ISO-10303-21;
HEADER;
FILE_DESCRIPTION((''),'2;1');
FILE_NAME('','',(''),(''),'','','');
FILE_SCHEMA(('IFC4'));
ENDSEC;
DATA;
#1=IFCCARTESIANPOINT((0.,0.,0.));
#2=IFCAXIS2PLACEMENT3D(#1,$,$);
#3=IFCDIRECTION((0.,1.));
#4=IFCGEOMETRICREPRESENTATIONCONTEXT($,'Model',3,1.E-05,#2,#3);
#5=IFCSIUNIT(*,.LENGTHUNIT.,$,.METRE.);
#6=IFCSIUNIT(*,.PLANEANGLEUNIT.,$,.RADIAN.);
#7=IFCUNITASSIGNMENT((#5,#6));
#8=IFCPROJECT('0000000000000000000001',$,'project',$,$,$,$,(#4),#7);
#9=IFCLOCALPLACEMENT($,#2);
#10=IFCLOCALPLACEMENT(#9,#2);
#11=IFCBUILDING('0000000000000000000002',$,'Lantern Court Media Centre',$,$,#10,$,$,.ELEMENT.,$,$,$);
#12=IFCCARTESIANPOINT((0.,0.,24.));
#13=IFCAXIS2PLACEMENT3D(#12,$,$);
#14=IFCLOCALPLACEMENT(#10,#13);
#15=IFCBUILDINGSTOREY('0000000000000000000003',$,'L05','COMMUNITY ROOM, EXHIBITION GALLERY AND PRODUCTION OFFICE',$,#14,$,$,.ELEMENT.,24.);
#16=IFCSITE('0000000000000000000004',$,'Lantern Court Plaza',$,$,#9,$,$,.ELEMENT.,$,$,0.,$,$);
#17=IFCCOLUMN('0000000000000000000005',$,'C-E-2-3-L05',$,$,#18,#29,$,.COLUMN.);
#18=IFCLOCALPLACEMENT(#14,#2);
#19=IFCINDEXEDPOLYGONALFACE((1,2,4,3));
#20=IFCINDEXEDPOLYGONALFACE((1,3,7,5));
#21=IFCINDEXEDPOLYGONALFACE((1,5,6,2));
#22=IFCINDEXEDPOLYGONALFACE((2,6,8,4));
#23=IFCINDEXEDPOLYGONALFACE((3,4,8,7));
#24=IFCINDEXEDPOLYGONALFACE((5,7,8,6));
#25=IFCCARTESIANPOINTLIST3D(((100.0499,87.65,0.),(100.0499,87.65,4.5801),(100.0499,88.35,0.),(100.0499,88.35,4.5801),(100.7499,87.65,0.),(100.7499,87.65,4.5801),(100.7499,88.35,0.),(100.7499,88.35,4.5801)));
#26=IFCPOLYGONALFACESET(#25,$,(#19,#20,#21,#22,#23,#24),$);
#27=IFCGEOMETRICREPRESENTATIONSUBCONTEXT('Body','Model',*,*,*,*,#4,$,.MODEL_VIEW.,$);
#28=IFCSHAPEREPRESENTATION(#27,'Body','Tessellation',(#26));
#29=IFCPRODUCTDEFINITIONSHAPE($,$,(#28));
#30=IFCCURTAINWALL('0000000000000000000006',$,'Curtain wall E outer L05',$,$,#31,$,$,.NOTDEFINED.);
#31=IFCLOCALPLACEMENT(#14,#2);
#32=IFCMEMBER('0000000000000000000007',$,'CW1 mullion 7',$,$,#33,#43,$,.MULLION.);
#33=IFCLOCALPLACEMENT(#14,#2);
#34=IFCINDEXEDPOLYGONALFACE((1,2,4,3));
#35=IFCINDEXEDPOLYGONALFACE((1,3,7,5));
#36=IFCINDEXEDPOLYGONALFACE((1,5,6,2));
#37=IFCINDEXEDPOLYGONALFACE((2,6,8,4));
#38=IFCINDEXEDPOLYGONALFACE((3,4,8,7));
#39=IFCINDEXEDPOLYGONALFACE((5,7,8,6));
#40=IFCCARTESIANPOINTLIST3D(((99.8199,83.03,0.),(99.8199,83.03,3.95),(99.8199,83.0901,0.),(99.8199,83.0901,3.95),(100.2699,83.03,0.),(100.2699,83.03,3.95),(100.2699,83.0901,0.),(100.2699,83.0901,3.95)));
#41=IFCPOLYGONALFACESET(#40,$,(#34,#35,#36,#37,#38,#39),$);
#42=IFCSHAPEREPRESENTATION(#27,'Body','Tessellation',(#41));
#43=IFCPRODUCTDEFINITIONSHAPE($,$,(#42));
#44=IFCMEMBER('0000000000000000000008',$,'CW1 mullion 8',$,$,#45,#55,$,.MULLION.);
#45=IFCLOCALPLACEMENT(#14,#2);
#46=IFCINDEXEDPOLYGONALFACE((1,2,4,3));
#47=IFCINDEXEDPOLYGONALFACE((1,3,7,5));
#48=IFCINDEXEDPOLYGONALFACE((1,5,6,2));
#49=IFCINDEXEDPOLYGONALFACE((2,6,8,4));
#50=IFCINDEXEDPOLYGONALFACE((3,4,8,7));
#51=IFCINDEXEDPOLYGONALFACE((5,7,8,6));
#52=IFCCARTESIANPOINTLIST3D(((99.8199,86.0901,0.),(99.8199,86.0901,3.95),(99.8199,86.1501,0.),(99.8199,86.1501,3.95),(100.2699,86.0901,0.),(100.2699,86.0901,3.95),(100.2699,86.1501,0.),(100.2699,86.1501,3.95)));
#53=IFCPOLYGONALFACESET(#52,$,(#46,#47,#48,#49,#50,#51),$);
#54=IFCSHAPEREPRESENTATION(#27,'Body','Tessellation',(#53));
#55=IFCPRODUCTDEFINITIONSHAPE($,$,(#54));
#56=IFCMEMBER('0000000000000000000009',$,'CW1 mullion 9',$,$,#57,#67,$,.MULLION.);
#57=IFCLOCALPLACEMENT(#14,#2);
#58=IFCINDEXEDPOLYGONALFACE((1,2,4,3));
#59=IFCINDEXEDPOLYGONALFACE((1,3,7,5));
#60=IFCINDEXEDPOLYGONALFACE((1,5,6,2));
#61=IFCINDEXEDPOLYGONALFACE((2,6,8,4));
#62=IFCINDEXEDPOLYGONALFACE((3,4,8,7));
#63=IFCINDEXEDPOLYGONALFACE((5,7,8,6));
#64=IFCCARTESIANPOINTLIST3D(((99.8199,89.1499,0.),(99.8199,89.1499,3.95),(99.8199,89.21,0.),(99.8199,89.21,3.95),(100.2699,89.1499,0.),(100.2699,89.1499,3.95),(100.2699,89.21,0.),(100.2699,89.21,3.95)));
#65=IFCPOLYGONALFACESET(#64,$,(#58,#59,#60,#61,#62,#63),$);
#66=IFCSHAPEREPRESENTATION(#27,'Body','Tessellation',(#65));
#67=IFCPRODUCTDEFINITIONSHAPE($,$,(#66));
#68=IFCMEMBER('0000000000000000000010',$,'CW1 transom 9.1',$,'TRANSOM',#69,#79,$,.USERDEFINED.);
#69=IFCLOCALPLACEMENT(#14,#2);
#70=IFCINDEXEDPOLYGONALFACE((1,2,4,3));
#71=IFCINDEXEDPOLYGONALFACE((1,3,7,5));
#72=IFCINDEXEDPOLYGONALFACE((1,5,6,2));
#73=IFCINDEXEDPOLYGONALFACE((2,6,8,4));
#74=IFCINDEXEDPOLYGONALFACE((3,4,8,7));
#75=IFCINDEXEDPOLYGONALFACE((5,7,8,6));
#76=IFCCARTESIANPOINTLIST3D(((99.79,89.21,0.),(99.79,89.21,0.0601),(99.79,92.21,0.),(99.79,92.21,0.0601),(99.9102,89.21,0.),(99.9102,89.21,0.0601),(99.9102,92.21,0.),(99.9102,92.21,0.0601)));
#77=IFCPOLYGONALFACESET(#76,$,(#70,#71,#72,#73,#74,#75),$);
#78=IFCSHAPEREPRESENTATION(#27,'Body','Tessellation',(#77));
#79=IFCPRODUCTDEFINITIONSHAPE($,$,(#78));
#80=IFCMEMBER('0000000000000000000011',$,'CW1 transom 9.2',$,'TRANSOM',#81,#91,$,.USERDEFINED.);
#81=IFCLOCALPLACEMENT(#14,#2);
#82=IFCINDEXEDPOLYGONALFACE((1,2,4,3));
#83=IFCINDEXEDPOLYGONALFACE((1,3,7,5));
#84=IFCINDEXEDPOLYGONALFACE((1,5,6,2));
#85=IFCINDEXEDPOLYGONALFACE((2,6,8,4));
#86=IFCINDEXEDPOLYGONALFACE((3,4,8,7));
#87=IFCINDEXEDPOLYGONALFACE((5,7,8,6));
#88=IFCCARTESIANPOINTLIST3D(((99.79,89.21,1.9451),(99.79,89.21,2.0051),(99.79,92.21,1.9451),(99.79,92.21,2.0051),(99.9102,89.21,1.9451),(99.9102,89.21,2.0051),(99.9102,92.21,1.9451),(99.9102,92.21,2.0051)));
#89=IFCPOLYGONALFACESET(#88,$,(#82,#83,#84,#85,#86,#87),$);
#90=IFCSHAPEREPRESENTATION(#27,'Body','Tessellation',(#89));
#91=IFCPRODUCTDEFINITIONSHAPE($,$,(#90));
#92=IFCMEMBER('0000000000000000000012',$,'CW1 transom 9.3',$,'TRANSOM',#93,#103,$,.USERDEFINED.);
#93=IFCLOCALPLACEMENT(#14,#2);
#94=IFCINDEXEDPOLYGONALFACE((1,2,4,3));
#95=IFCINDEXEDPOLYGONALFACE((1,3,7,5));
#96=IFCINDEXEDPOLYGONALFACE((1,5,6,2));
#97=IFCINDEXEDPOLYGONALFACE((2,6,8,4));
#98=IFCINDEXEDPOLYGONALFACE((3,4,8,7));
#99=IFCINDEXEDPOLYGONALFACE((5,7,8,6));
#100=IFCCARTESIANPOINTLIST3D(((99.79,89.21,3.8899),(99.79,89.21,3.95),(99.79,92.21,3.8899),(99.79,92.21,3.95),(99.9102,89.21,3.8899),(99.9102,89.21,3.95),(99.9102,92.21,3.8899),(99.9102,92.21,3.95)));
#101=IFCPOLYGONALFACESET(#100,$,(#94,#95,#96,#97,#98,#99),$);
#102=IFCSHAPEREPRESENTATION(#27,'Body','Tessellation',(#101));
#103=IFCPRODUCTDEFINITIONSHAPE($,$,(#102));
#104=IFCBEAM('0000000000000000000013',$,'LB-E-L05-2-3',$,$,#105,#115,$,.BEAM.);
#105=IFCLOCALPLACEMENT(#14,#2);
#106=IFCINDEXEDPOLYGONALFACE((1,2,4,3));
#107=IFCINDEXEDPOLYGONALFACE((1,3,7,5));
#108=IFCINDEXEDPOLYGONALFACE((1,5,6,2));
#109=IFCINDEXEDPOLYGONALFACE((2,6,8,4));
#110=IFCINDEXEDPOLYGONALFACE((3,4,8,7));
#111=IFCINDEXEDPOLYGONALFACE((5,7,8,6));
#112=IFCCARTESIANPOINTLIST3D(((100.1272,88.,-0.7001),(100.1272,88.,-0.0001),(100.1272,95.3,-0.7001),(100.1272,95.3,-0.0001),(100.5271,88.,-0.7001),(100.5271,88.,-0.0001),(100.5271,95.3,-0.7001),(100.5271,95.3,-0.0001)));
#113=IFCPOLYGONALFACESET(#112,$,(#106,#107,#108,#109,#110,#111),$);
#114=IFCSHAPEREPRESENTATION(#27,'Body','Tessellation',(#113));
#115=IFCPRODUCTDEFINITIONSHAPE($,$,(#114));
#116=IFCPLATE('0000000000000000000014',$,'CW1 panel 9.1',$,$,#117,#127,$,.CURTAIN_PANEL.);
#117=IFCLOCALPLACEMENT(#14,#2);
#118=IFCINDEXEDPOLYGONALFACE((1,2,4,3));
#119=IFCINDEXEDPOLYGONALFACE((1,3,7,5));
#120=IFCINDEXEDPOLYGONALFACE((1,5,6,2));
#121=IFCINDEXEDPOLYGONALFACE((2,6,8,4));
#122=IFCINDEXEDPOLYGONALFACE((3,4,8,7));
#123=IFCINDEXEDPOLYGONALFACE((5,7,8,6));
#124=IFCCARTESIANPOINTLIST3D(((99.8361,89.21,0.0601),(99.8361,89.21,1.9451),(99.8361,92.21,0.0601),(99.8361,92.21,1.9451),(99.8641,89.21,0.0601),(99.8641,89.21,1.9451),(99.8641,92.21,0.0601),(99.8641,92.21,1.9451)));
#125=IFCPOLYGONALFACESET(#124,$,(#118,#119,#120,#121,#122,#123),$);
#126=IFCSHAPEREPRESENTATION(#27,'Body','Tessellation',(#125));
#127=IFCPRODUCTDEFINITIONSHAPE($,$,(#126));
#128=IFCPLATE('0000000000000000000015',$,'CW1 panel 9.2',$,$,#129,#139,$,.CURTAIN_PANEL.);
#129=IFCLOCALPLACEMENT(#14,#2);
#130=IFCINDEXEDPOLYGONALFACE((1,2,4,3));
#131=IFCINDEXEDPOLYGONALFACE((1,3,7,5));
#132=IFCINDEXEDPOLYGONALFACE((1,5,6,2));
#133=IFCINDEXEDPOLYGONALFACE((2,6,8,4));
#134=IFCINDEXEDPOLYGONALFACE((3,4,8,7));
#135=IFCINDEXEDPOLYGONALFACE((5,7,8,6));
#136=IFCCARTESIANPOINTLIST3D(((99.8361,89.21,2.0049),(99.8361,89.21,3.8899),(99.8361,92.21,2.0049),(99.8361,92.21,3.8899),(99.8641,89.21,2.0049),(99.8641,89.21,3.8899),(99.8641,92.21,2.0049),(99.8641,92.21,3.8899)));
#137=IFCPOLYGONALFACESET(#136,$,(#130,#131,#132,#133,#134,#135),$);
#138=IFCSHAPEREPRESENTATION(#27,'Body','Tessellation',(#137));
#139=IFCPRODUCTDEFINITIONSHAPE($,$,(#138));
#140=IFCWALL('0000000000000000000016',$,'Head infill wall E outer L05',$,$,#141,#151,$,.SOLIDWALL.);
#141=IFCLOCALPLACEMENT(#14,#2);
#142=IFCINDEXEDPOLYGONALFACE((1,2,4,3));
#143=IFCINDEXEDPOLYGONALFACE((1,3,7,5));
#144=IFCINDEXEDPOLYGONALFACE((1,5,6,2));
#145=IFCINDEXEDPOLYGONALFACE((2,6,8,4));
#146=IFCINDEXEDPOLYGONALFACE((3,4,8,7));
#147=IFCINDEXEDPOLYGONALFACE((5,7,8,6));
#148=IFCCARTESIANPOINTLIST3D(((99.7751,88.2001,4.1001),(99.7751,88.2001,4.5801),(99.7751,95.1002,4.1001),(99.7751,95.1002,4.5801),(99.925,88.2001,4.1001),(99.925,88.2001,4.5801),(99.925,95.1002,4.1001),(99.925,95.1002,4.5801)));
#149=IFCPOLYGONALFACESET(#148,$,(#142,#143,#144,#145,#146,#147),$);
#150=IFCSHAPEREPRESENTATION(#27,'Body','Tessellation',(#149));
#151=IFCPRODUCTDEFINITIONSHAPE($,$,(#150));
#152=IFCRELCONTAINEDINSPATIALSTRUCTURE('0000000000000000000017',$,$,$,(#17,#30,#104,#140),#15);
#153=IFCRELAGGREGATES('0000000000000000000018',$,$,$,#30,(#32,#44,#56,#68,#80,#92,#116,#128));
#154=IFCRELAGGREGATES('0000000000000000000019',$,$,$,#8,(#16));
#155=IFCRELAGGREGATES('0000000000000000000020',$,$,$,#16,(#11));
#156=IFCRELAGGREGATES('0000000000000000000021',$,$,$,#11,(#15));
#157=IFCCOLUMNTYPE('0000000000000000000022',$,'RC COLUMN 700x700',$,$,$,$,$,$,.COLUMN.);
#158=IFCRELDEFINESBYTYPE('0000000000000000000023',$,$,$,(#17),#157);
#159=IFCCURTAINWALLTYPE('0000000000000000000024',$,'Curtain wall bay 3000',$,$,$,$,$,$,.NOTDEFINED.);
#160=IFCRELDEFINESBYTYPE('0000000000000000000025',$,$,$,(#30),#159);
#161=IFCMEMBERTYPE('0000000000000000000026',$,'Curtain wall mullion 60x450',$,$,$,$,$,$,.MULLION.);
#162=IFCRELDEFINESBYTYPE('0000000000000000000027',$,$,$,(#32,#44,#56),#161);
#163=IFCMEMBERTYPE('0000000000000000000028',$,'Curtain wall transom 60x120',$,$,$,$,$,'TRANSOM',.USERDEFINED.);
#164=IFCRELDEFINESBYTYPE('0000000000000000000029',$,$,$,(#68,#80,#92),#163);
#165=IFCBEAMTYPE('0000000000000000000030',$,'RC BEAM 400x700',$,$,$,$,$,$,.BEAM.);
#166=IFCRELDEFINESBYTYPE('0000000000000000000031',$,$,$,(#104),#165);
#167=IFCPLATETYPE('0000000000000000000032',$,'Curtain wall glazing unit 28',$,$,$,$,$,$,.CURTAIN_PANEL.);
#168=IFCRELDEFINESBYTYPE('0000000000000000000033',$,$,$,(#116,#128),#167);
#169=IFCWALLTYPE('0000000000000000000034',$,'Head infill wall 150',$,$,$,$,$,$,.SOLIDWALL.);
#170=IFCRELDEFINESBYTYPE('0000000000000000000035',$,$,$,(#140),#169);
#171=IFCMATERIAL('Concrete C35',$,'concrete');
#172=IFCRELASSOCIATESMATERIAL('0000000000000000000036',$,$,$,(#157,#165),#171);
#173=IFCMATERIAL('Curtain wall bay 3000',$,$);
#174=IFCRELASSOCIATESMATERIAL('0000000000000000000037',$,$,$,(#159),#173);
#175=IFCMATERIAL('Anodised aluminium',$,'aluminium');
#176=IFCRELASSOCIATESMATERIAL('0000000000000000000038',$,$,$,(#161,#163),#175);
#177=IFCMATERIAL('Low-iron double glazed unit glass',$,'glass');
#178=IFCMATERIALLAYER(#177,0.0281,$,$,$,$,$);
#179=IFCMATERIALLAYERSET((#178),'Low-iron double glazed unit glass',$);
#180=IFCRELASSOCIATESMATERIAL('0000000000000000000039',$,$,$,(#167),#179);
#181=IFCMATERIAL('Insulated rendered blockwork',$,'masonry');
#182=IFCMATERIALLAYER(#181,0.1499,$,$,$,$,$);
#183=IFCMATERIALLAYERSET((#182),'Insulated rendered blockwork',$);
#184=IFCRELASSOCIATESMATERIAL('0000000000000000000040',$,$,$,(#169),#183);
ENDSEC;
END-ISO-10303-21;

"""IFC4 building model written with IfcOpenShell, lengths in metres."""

from ifc_helpers import new_model, si_unit, direction, frame, frame_2d, origin, origin_2d, place, context, subcontext, project, spatial, rectangle, extrude, material, layer, layer_set, material_profile, profile_set, type_object, element, aggregate, save


model = new_model("IFC4")

# Units and contexts
model_context = context("Model", 3, precision=1e-05, world=origin(), true_north=direction((0.0, 1.0)))
body_context = subcontext(model_context, "Body", "Model", "MODEL_VIEW")
ifc_project = project(units=[si_unit("LENGTHUNIT", "METRE"), si_unit("PLANEANGLEUNIT", "RADIAN")], contexts=[model_context])

# Site, building, storey
site_placement = place(None, origin())
site = spatial("IfcSite", under=ifc_project, at=site_placement, Name="Lantern Court Plaza", CompositionType="ELEMENT", RefElevation=0.0)
building_placement = place(site_placement, origin())
building = spatial("IfcBuilding", under=site, at=building_placement, Name="Lantern Court Media Centre", CompositionType="ELEMENT")
storey_placement = place(building_placement, frame((0.0, 0.0, 24.0)))
storey = spatial("IfcBuildingStorey", under=building, at=storey_placement, Name="L05", Description="COMMUNITY ROOM, EXHIBITION GALLERY AND PRODUCTION OFFICE", CompositionType="ELEMENT", Elevation=24.0)

# Column
ifc_material_1 = material(Name="Concrete C35", Category="concrete")
ifc_material_profile_1 = material_profile(ifc_material_1, rectangle(XDim=0.7, YDim=0.7, at=origin_2d()), Name="RC 700x700")
ifc_profile_set_1 = profile_set([ifc_material_profile_1], Name="Concrete C35")
column_type = type_object("IfcColumnType", Name="RC COLUMN 700x700", PredefinedType="COLUMN", material=ifc_profile_set_1)
column_placement = place(storey_placement, frame((100.3999, 88.0, 0.0), z_axis=(0.0, 0.0, 1.0), x_axis=(1.0, 0.0, 0.0)))
element("IfcColumn", 1, at=column_placement, inside=storey, type_object=column_type, Name="C-E-2-3-L05", PredefinedType="COLUMN", context=body_context, shape_type="SweptSolid", body=[
    extrude(rectangle(XDim=0.7, YDim=0.7, at=origin_2d()), origin(), (0.0, 0.0, 1.0), 4.5801),
])

# Curtain wall, members
ifc_material_2 = material(Name="Curtain wall bay 3000")
curtain_wall_type = type_object("IfcCurtainWallType", Name="Curtain wall bay 3000", PredefinedType="NOTDEFINED", material=ifc_material_2)
curtain_wall_placement = place(storey_placement, origin())
curtain_wall = element("IfcCurtainWall", 2, at=curtain_wall_placement, inside=storey, type_object=curtain_wall_type, Name="Curtain wall E outer L05", PredefinedType="NOTDEFINED")
ifc_material_3 = material(Name="Anodised aluminium", Category="aluminium")
ifc_material_profile_2 = material_profile(ifc_material_3, rectangle(XDim=0.45, YDim=0.0601, at=origin_2d()), Name="AL 60x450")
ifc_profile_set_2 = profile_set([ifc_material_profile_2], Name="Anodised aluminium")
member_type_1 = type_object("IfcMemberType", Name="Curtain wall mullion 60x450", PredefinedType="MULLION", material=ifc_profile_set_2)
member_1_placement = place(storey_placement, frame((100.0449, 83.0601, 0.0), z_axis=(0.0, 0.0, 1.0), x_axis=(-1.0, 0.0, 0.0)))
member_1 = element("IfcMember", 3, at=member_1_placement, type_object=member_type_1, Name="CW1 mullion 7", PredefinedType="MULLION", context=body_context, shape_type="SweptSolid", body=[
    extrude(rectangle(XDim=0.45, YDim=0.0601, at=origin_2d()), origin(), (0.0, 0.0, 1.0), 3.95),
])
member_2_placement = place(storey_placement, frame((100.0449, 86.1201, 0.0), z_axis=(0.0, 0.0, 1.0), x_axis=(-1.0, 0.0, 0.0)))
member_2 = element("IfcMember", 4, at=member_2_placement, type_object=member_type_1, Name="CW1 mullion 8", PredefinedType="MULLION", context=body_context, shape_type="SweptSolid", body=[
    extrude(rectangle(XDim=0.45, YDim=0.0601, at=origin_2d()), origin(), (0.0, 0.0, 1.0), 3.95),
])
member_3_placement = place(storey_placement, frame((100.0449, 89.1799, 0.0), z_axis=(0.0, 0.0, 1.0), x_axis=(-1.0, 0.0, 0.0)))
member_3 = element("IfcMember", 5, at=member_3_placement, type_object=member_type_1, Name="CW1 mullion 9", PredefinedType="MULLION", context=body_context, shape_type="SweptSolid", body=[
    extrude(rectangle(XDim=0.45, YDim=0.0601, at=origin_2d()), origin(), (0.0, 0.0, 1.0), 3.95),
])
ifc_material_profile_3 = material_profile(ifc_material_3, rectangle(XDim=0.1201, YDim=0.0601, at=origin_2d()), Name="AL 60x120")
ifc_profile_set_3 = profile_set([ifc_material_profile_3], Name="Anodised aluminium")
member_type_2 = type_object("IfcMemberType", Name="Curtain wall transom 60x120", ElementType="TRANSOM", PredefinedType="USERDEFINED", material=ifc_profile_set_3)
member_4_placement = place(storey_placement, frame((99.8501, 89.21, 0.03), z_axis=(0.0, 1.0, 0.0), x_axis=(-1.0, 0.0, 0.0)))
member_4 = element("IfcMember", 6, at=member_4_placement, type_object=member_type_2, Name="CW1 transom 9.1", ObjectType="TRANSOM", PredefinedType="USERDEFINED", context=body_context, shape_type="SweptSolid", body=[
    extrude(rectangle(XDim=0.1201, YDim=0.0601, at=origin_2d()), origin(), (0.0, 0.0, 1.0), 3.0),
])
member_5_placement = place(storey_placement, frame((99.8501, 89.21, 1.9751), z_axis=(0.0, 1.0, 0.0), x_axis=(-1.0, 0.0, 0.0)))
member_5 = element("IfcMember", 7, at=member_5_placement, type_object=member_type_2, Name="CW1 transom 9.2", ObjectType="TRANSOM", PredefinedType="USERDEFINED", context=body_context, shape_type="SweptSolid", body=[
    extrude(rectangle(XDim=0.1201, YDim=0.0601, at=origin_2d()), origin(), (0.0, 0.0, 1.0), 3.0),
])
member_6_placement = place(storey_placement, frame((99.8501, 89.21, 3.9199), z_axis=(0.0, 1.0, 0.0), x_axis=(-1.0, 0.0, 0.0)))
member_6 = element("IfcMember", 8, at=member_6_placement, type_object=member_type_2, Name="CW1 transom 9.3", ObjectType="TRANSOM", PredefinedType="USERDEFINED", context=body_context, shape_type="SweptSolid", body=[
    extrude(rectangle(XDim=0.1201, YDim=0.0601, at=origin_2d()), origin(), (0.0, 0.0, 1.0), 3.0),
])

# Beam
ifc_material_profile_4 = material_profile(ifc_material_1, rectangle(XDim=0.3999, YDim=0.7, at=origin_2d()), Name="RC 400x700")
ifc_profile_set_4 = profile_set([ifc_material_profile_4], Name="Concrete C35")
beam_type = type_object("IfcBeamType", Name="RC BEAM 400x700", PredefinedType="BEAM", material=ifc_profile_set_4)
beam_placement = place(storey_placement, frame((100.3271, 88.0, -0.3501), z_axis=(0.0, 1.0, 0.0), x_axis=(-1.0, 0.0, 0.0)))
element("IfcBeam", 9, at=beam_placement, inside=storey, type_object=beam_type, Name="LB-E-L05-2-3", PredefinedType="BEAM", context=body_context, shape_type="SweptSolid", body=[
    extrude(rectangle(XDim=0.3999, YDim=0.7, at=origin_2d()), origin(), (0.0, 0.0, 1.0), 7.3),
])

# Plates
ifc_material_4 = material(Name="Low-iron double glazed unit glass", Category="glass")
ifc_layer_1 = layer(ifc_material_4, 0.0281)
ifc_layer_set_1 = layer_set([ifc_layer_1], Name="Low-iron double glazed unit glass")
plate_type = type_object("IfcPlateType", Name="Curtain wall glazing unit 28", PredefinedType="CURTAIN_PANEL", material=ifc_layer_set_1)
plate_1_placement = place(storey_placement, frame((99.8501, 90.71, 0.0601), z_axis=(0.0, 0.0, 1.0), x_axis=(0.0, 1.0, 0.0)))
plate_1 = element("IfcPlate", 10, at=plate_1_placement, type_object=plate_type, Name="CW1 panel 9.1", PredefinedType="CURTAIN_PANEL", context=body_context, shape_type="SweptSolid", body=[
    extrude(rectangle(XDim=3.0, YDim=0.0281, at=origin_2d()), origin(), (0.0, 0.0, 1.0), 1.885),
])
plate_2_placement = place(storey_placement, frame((99.8501, 90.71, 2.0049), z_axis=(0.0, 0.0, 1.0), x_axis=(0.0, 1.0, 0.0)))
plate_2 = element("IfcPlate", 11, at=plate_2_placement, type_object=plate_type, Name="CW1 panel 9.2", PredefinedType="CURTAIN_PANEL", context=body_context, shape_type="SweptSolid", body=[
    extrude(rectangle(XDim=3.0, YDim=0.0281, at=origin_2d()), origin(), (0.0, 0.0, 1.0), 1.885),
])
aggregate(curtain_wall, [member_1, member_2, member_3, member_4, member_5, member_6, plate_1, plate_2])

# Wall
ifc_material_5 = material(Name="Insulated rendered blockwork", Category="masonry")
ifc_layer_2 = layer(ifc_material_5, 0.1499)
ifc_layer_set_2 = layer_set([ifc_layer_2], Name="Insulated rendered blockwork")
wall_type = type_object("IfcWallType", Name="Head infill wall 150", PredefinedType="SOLIDWALL", material=ifc_layer_set_2)
wall_placement = place(storey_placement, frame((99.8501, 88.2, 4.1001), z_axis=(0.0, 0.0, 1.0), x_axis=(0.0, 1.0, 0.0)))
element("IfcWall", 12, at=wall_placement, inside=storey, type_object=wall_type, Name="Head infill wall E outer L05", PredefinedType="SOLIDWALL", context=body_context, shape_type="SweptSolid", body=[
    extrude(rectangle(XDim=6.9001, YDim=0.1499, at=frame_2d((3.4502, 0.0))), origin(), (0.0, 0.0, 1.0), 0.48),
])

save(model, "model.ifc")
